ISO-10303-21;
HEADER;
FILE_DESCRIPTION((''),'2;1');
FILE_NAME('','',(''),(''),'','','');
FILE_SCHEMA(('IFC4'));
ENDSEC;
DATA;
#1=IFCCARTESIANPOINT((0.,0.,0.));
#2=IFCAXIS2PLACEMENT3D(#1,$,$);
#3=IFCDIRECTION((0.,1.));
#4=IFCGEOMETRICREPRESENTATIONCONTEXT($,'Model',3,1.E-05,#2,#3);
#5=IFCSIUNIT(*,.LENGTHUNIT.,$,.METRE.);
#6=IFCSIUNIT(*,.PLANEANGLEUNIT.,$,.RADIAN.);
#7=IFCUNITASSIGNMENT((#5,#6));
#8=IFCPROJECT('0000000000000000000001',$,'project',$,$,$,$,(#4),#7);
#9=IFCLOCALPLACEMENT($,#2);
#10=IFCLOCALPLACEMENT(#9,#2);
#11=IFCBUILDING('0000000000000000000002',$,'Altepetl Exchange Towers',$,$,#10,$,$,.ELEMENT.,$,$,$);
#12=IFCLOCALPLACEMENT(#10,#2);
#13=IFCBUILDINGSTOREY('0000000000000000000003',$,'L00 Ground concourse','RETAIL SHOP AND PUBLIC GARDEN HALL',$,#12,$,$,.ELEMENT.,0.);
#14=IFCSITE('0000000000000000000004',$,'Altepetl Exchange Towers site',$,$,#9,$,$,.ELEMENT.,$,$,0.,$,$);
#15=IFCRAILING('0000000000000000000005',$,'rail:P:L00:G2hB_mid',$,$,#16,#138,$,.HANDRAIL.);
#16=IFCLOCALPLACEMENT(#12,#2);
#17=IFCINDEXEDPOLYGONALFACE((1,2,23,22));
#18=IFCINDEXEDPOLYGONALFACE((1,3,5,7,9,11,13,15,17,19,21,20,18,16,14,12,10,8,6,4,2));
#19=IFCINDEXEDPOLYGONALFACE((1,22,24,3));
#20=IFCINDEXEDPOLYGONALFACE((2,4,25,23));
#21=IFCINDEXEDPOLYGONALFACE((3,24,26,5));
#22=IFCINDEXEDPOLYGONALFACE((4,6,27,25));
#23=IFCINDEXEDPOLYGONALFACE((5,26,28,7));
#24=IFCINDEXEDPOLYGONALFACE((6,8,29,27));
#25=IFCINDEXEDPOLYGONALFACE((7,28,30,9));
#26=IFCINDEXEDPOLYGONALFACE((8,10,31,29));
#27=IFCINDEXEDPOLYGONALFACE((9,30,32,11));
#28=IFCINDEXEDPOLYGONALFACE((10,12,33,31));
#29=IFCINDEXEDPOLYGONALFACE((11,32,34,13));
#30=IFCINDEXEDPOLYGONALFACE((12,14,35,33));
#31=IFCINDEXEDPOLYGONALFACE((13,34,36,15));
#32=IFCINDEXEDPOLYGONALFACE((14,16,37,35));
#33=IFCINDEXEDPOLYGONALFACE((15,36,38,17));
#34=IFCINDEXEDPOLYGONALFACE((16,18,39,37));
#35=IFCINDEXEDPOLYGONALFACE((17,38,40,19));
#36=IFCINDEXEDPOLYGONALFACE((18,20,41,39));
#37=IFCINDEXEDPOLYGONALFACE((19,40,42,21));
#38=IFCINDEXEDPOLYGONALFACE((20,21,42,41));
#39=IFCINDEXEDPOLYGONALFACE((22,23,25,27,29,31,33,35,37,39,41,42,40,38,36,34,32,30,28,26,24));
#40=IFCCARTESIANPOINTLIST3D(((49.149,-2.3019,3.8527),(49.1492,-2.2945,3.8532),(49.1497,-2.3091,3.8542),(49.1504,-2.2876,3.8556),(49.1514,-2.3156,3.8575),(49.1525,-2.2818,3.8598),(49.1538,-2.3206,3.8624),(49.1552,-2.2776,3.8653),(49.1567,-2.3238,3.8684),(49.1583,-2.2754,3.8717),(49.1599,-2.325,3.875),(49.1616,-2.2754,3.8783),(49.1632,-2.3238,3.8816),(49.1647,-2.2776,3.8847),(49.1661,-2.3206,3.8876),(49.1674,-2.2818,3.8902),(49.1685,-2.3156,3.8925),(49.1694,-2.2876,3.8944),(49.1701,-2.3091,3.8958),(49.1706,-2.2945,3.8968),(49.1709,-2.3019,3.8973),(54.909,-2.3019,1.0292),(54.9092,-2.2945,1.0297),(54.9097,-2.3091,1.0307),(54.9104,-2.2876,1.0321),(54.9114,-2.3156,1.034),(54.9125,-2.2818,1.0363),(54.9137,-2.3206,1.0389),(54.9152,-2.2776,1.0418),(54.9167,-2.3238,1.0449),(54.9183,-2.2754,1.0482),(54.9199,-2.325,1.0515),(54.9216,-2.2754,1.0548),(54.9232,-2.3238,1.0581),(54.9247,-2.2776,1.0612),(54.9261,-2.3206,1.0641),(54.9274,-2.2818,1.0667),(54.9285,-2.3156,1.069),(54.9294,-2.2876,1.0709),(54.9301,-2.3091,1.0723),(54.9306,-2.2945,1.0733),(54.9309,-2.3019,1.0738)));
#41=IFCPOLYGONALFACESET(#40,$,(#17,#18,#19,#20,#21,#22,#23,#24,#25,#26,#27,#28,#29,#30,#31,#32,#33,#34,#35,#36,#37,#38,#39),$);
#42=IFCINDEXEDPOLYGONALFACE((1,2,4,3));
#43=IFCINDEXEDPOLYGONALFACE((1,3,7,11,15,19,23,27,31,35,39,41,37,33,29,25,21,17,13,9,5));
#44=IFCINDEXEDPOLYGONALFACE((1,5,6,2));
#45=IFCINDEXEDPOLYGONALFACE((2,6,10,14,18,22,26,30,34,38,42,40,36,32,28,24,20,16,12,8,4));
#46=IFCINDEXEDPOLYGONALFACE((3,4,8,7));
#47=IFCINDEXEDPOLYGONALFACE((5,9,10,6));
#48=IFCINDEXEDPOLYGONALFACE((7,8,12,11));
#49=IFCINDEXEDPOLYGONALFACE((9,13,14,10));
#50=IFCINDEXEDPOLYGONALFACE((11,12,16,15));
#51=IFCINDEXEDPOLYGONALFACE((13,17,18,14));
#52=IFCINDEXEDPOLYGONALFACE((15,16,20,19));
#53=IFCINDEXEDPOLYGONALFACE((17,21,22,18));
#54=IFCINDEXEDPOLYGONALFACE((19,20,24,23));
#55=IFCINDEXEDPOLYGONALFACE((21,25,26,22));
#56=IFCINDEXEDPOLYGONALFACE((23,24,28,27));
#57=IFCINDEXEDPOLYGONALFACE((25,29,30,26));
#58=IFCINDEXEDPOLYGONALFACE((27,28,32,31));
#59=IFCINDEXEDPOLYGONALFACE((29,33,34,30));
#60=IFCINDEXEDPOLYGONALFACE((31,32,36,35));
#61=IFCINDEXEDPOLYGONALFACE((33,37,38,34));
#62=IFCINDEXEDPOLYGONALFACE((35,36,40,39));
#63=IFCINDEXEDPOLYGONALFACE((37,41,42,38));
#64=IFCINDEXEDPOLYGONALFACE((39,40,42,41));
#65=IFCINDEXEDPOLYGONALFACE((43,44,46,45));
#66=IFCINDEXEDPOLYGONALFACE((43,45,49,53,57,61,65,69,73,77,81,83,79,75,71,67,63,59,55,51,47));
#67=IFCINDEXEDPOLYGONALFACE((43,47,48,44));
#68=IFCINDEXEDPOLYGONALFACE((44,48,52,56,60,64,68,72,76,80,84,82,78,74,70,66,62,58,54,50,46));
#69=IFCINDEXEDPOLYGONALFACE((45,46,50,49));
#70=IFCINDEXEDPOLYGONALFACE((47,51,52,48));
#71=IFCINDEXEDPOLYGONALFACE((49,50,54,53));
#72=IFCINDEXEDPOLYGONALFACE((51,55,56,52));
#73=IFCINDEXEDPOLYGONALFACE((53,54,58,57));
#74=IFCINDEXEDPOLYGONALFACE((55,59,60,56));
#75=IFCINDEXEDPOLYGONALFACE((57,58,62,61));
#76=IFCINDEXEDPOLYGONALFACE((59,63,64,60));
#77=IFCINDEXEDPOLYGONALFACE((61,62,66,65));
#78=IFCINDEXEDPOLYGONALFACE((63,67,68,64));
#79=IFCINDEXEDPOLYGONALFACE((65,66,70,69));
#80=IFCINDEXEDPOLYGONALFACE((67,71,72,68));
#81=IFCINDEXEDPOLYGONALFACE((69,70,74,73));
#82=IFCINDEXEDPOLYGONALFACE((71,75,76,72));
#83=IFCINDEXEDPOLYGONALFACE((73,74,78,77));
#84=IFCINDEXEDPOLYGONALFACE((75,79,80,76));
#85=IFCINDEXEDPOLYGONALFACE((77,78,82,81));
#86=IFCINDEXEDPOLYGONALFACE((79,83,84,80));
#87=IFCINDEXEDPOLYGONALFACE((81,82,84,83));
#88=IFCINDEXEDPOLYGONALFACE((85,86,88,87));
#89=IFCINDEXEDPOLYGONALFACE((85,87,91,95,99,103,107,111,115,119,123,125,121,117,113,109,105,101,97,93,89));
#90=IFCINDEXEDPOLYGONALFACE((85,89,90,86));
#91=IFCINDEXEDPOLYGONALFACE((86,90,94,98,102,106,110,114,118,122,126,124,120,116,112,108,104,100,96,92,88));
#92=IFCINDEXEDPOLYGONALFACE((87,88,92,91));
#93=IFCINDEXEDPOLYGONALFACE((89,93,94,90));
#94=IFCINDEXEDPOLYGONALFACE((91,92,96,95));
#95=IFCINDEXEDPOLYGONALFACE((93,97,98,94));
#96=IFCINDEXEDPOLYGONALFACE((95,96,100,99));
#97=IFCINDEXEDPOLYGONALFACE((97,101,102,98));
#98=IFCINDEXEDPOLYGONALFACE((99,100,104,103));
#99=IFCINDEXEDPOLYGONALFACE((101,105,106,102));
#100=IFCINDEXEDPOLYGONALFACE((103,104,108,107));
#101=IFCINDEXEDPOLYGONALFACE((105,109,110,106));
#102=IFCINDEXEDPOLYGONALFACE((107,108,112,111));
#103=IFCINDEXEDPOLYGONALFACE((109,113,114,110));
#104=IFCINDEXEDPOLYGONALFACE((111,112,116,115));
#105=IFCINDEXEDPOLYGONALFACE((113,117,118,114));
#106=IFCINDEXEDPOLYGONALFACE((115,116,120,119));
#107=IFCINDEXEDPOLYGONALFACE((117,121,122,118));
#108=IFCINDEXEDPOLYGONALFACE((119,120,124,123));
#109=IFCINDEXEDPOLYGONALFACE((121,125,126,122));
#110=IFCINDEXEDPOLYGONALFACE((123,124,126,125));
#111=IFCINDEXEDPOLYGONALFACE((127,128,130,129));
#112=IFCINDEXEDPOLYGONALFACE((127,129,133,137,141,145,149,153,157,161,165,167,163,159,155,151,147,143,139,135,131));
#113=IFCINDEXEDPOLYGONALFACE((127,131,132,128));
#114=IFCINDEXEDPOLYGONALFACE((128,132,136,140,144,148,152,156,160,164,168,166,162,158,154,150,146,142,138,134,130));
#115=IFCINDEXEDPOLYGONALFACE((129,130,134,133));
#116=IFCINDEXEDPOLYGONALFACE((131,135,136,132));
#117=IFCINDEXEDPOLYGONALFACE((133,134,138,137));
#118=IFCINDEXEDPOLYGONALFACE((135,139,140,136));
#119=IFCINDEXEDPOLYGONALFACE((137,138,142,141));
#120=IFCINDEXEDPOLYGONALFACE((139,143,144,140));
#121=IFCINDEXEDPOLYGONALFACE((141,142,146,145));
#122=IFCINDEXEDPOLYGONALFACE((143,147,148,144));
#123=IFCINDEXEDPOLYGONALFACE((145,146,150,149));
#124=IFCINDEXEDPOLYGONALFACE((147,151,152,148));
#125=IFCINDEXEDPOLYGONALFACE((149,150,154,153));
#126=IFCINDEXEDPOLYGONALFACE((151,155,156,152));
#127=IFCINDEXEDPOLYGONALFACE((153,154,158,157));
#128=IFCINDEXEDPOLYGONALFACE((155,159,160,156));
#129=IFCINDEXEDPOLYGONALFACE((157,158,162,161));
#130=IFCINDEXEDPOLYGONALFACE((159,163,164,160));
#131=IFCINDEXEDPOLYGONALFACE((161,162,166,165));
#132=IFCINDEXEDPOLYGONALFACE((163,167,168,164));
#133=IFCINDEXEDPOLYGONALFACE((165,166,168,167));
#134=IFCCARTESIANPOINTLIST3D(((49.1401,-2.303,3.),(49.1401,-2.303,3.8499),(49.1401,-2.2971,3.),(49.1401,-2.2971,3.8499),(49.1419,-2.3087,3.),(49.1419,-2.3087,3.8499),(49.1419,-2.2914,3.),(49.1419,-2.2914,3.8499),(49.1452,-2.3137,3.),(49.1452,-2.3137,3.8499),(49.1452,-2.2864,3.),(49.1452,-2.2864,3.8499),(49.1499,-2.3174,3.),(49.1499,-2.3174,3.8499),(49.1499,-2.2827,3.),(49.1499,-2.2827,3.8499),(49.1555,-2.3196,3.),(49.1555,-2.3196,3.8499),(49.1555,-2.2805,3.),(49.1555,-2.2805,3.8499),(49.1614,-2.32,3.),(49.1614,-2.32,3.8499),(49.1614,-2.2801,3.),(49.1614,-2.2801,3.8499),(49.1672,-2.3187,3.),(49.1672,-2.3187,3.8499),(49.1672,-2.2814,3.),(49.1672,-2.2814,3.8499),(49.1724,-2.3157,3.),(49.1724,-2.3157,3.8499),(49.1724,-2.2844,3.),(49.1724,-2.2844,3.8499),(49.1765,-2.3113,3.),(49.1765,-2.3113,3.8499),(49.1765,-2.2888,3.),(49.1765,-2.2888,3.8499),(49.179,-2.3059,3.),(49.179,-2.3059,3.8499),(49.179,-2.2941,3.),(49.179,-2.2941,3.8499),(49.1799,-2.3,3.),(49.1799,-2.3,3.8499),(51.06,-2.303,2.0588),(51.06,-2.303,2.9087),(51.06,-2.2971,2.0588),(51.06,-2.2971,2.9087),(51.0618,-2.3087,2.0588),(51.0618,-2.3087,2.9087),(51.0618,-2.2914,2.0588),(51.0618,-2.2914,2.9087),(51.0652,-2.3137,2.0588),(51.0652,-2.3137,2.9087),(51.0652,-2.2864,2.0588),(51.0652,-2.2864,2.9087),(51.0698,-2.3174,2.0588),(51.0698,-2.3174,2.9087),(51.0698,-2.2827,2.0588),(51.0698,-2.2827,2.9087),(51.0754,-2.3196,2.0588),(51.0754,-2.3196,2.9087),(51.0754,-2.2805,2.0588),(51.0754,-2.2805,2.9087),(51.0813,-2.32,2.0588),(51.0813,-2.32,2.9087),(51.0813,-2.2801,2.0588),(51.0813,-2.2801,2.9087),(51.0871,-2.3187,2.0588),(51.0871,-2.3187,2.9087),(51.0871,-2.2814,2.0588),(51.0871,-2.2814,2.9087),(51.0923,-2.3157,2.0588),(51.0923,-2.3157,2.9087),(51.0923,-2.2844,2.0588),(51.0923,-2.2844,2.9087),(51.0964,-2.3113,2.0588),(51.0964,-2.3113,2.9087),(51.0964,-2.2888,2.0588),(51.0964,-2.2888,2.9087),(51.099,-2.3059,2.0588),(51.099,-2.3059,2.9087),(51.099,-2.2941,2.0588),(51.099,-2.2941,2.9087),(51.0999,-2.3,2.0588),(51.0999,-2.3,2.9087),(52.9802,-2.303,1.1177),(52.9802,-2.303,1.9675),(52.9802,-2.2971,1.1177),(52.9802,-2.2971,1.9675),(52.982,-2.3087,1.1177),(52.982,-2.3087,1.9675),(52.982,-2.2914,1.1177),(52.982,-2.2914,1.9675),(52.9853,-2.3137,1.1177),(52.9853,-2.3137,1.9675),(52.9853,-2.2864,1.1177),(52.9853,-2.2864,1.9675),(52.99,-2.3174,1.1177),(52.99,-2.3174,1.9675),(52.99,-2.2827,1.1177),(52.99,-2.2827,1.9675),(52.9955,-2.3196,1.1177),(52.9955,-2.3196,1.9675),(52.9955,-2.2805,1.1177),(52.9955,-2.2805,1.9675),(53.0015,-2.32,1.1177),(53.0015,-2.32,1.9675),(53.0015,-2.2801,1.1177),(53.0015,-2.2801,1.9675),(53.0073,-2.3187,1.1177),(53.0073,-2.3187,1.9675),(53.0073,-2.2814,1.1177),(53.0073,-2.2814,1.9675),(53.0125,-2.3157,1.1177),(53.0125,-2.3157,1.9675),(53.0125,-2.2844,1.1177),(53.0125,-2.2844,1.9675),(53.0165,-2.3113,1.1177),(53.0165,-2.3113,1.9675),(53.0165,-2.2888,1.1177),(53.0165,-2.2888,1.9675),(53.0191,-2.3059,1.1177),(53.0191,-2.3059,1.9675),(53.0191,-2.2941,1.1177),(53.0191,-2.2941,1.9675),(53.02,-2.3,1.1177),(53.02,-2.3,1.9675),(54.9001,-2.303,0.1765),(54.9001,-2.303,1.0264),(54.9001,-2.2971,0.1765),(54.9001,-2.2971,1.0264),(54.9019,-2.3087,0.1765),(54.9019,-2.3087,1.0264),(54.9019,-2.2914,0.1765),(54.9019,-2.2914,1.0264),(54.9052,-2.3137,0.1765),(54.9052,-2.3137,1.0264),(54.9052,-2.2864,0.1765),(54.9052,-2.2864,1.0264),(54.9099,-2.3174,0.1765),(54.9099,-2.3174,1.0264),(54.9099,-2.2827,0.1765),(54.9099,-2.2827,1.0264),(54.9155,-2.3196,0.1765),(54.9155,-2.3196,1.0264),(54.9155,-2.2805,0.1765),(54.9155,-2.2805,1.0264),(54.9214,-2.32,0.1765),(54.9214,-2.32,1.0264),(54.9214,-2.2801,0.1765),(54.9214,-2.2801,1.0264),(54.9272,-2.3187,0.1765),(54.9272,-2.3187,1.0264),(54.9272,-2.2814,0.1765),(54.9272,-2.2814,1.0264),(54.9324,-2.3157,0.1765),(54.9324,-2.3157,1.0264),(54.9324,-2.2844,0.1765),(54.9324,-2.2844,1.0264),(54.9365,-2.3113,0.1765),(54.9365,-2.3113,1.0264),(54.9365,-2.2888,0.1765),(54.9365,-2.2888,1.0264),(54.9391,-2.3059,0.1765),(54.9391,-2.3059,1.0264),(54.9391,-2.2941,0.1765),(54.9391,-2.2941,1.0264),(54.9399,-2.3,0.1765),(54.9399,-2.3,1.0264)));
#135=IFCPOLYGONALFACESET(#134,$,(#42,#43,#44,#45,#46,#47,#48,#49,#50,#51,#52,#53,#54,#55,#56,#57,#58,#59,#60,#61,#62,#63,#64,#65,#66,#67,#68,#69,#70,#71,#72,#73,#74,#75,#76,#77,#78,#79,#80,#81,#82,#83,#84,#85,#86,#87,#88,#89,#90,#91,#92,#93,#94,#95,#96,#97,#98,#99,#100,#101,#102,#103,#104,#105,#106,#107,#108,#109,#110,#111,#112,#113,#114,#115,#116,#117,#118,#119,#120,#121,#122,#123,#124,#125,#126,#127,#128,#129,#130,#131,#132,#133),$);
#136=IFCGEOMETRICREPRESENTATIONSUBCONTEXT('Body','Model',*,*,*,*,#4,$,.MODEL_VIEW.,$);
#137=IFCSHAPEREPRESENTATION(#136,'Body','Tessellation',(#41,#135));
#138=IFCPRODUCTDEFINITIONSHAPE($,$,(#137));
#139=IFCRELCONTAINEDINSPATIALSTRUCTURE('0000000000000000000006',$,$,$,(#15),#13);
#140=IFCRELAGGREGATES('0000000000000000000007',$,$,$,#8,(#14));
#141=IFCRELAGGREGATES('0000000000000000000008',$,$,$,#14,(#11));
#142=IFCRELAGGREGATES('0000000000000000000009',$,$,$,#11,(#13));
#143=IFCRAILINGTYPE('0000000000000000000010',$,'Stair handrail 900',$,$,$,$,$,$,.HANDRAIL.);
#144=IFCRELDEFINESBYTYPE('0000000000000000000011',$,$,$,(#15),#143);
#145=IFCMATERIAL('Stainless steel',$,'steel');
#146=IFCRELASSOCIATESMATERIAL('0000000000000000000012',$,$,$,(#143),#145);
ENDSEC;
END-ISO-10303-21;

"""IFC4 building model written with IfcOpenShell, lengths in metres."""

from ifc_helpers import new_model, si_unit, direction, frame, origin, origin_2d, place, context, subcontext, project, spatial, circle, extrude, source, transform, mapped, material, type_object, element, save


model = new_model("IFC4")

# Units and contexts
model_context = context("Model", 3, precision=1e-05, world=origin(), true_north=direction((0.0, 1.0)))
body_context = subcontext(model_context, "Body", "Model", "MODEL_VIEW")
ifc_project = project(units=[si_unit("LENGTHUNIT", "METRE"), si_unit("PLANEANGLEUNIT", "RADIAN")], contexts=[model_context])

# Site, building, storey
site_placement = place(None, origin())
site = spatial("IfcSite", under=ifc_project, at=site_placement, Name="Altepetl Exchange Towers site", CompositionType="ELEMENT", RefElevation=0.0)
building_placement = place(site_placement, origin())
building = spatial("IfcBuilding", under=site, at=building_placement, Name="Altepetl Exchange Towers", CompositionType="ELEMENT")
storey_placement = place(building_placement, origin())
storey = spatial("IfcBuildingStorey", under=building, at=storey_placement, Name="L00 Ground concourse", Description="RETAIL SHOP AND PUBLIC GARDEN HALL", CompositionType="ELEMENT", Elevation=0.0)

# Railing
ifc_material_1 = material(Name="Stainless steel", Category="steel")
railing_type_1 = type_object("IfcRailingType", Name="Stair handrail 900", PredefinedType="HANDRAIL", material=ifc_material_1)
shared_shape_1 = source(origin(), body_context, "Body", "SweptSolid", [
    extrude(circle(Radius=0.02, at=origin_2d()), origin(), (0.0, 0.0, 1.0), 0.8499),
])
for number, where, name in (
    (1, (54.9199, -2.3, 0.1765), "rail:P:L00:G2hB_mid"),
):
    element("IfcRailing", number, at=place(storey_placement, frame(where)), inside=storey, type_object=railing_type_1, Name=name, PredefinedType="HANDRAIL", context=body_context, shape_type="SweptSolid", body=[
        extrude(circle(Radius=0.0249, at=origin_2d()), frame((0.0, 0.0, 0.875), z_axis=(-0.897924, 0.0, 0.440151), x_axis=(0.0, -1.0, 0.0)), (0.0, 0.0, 1.0), 6.4148),
        mapped(shared_shape_1, transform((0.0, 0.0, 0.0))),
        mapped(shared_shape_1, transform((-1.9199, 0.0, 0.9412))),
        mapped(shared_shape_1, transform((-3.8401, 0.0, 1.8823))),
        mapped(shared_shape_1, transform((-5.76, 0.0, 2.8235))),
    ])

save(model, "model.ifc")
